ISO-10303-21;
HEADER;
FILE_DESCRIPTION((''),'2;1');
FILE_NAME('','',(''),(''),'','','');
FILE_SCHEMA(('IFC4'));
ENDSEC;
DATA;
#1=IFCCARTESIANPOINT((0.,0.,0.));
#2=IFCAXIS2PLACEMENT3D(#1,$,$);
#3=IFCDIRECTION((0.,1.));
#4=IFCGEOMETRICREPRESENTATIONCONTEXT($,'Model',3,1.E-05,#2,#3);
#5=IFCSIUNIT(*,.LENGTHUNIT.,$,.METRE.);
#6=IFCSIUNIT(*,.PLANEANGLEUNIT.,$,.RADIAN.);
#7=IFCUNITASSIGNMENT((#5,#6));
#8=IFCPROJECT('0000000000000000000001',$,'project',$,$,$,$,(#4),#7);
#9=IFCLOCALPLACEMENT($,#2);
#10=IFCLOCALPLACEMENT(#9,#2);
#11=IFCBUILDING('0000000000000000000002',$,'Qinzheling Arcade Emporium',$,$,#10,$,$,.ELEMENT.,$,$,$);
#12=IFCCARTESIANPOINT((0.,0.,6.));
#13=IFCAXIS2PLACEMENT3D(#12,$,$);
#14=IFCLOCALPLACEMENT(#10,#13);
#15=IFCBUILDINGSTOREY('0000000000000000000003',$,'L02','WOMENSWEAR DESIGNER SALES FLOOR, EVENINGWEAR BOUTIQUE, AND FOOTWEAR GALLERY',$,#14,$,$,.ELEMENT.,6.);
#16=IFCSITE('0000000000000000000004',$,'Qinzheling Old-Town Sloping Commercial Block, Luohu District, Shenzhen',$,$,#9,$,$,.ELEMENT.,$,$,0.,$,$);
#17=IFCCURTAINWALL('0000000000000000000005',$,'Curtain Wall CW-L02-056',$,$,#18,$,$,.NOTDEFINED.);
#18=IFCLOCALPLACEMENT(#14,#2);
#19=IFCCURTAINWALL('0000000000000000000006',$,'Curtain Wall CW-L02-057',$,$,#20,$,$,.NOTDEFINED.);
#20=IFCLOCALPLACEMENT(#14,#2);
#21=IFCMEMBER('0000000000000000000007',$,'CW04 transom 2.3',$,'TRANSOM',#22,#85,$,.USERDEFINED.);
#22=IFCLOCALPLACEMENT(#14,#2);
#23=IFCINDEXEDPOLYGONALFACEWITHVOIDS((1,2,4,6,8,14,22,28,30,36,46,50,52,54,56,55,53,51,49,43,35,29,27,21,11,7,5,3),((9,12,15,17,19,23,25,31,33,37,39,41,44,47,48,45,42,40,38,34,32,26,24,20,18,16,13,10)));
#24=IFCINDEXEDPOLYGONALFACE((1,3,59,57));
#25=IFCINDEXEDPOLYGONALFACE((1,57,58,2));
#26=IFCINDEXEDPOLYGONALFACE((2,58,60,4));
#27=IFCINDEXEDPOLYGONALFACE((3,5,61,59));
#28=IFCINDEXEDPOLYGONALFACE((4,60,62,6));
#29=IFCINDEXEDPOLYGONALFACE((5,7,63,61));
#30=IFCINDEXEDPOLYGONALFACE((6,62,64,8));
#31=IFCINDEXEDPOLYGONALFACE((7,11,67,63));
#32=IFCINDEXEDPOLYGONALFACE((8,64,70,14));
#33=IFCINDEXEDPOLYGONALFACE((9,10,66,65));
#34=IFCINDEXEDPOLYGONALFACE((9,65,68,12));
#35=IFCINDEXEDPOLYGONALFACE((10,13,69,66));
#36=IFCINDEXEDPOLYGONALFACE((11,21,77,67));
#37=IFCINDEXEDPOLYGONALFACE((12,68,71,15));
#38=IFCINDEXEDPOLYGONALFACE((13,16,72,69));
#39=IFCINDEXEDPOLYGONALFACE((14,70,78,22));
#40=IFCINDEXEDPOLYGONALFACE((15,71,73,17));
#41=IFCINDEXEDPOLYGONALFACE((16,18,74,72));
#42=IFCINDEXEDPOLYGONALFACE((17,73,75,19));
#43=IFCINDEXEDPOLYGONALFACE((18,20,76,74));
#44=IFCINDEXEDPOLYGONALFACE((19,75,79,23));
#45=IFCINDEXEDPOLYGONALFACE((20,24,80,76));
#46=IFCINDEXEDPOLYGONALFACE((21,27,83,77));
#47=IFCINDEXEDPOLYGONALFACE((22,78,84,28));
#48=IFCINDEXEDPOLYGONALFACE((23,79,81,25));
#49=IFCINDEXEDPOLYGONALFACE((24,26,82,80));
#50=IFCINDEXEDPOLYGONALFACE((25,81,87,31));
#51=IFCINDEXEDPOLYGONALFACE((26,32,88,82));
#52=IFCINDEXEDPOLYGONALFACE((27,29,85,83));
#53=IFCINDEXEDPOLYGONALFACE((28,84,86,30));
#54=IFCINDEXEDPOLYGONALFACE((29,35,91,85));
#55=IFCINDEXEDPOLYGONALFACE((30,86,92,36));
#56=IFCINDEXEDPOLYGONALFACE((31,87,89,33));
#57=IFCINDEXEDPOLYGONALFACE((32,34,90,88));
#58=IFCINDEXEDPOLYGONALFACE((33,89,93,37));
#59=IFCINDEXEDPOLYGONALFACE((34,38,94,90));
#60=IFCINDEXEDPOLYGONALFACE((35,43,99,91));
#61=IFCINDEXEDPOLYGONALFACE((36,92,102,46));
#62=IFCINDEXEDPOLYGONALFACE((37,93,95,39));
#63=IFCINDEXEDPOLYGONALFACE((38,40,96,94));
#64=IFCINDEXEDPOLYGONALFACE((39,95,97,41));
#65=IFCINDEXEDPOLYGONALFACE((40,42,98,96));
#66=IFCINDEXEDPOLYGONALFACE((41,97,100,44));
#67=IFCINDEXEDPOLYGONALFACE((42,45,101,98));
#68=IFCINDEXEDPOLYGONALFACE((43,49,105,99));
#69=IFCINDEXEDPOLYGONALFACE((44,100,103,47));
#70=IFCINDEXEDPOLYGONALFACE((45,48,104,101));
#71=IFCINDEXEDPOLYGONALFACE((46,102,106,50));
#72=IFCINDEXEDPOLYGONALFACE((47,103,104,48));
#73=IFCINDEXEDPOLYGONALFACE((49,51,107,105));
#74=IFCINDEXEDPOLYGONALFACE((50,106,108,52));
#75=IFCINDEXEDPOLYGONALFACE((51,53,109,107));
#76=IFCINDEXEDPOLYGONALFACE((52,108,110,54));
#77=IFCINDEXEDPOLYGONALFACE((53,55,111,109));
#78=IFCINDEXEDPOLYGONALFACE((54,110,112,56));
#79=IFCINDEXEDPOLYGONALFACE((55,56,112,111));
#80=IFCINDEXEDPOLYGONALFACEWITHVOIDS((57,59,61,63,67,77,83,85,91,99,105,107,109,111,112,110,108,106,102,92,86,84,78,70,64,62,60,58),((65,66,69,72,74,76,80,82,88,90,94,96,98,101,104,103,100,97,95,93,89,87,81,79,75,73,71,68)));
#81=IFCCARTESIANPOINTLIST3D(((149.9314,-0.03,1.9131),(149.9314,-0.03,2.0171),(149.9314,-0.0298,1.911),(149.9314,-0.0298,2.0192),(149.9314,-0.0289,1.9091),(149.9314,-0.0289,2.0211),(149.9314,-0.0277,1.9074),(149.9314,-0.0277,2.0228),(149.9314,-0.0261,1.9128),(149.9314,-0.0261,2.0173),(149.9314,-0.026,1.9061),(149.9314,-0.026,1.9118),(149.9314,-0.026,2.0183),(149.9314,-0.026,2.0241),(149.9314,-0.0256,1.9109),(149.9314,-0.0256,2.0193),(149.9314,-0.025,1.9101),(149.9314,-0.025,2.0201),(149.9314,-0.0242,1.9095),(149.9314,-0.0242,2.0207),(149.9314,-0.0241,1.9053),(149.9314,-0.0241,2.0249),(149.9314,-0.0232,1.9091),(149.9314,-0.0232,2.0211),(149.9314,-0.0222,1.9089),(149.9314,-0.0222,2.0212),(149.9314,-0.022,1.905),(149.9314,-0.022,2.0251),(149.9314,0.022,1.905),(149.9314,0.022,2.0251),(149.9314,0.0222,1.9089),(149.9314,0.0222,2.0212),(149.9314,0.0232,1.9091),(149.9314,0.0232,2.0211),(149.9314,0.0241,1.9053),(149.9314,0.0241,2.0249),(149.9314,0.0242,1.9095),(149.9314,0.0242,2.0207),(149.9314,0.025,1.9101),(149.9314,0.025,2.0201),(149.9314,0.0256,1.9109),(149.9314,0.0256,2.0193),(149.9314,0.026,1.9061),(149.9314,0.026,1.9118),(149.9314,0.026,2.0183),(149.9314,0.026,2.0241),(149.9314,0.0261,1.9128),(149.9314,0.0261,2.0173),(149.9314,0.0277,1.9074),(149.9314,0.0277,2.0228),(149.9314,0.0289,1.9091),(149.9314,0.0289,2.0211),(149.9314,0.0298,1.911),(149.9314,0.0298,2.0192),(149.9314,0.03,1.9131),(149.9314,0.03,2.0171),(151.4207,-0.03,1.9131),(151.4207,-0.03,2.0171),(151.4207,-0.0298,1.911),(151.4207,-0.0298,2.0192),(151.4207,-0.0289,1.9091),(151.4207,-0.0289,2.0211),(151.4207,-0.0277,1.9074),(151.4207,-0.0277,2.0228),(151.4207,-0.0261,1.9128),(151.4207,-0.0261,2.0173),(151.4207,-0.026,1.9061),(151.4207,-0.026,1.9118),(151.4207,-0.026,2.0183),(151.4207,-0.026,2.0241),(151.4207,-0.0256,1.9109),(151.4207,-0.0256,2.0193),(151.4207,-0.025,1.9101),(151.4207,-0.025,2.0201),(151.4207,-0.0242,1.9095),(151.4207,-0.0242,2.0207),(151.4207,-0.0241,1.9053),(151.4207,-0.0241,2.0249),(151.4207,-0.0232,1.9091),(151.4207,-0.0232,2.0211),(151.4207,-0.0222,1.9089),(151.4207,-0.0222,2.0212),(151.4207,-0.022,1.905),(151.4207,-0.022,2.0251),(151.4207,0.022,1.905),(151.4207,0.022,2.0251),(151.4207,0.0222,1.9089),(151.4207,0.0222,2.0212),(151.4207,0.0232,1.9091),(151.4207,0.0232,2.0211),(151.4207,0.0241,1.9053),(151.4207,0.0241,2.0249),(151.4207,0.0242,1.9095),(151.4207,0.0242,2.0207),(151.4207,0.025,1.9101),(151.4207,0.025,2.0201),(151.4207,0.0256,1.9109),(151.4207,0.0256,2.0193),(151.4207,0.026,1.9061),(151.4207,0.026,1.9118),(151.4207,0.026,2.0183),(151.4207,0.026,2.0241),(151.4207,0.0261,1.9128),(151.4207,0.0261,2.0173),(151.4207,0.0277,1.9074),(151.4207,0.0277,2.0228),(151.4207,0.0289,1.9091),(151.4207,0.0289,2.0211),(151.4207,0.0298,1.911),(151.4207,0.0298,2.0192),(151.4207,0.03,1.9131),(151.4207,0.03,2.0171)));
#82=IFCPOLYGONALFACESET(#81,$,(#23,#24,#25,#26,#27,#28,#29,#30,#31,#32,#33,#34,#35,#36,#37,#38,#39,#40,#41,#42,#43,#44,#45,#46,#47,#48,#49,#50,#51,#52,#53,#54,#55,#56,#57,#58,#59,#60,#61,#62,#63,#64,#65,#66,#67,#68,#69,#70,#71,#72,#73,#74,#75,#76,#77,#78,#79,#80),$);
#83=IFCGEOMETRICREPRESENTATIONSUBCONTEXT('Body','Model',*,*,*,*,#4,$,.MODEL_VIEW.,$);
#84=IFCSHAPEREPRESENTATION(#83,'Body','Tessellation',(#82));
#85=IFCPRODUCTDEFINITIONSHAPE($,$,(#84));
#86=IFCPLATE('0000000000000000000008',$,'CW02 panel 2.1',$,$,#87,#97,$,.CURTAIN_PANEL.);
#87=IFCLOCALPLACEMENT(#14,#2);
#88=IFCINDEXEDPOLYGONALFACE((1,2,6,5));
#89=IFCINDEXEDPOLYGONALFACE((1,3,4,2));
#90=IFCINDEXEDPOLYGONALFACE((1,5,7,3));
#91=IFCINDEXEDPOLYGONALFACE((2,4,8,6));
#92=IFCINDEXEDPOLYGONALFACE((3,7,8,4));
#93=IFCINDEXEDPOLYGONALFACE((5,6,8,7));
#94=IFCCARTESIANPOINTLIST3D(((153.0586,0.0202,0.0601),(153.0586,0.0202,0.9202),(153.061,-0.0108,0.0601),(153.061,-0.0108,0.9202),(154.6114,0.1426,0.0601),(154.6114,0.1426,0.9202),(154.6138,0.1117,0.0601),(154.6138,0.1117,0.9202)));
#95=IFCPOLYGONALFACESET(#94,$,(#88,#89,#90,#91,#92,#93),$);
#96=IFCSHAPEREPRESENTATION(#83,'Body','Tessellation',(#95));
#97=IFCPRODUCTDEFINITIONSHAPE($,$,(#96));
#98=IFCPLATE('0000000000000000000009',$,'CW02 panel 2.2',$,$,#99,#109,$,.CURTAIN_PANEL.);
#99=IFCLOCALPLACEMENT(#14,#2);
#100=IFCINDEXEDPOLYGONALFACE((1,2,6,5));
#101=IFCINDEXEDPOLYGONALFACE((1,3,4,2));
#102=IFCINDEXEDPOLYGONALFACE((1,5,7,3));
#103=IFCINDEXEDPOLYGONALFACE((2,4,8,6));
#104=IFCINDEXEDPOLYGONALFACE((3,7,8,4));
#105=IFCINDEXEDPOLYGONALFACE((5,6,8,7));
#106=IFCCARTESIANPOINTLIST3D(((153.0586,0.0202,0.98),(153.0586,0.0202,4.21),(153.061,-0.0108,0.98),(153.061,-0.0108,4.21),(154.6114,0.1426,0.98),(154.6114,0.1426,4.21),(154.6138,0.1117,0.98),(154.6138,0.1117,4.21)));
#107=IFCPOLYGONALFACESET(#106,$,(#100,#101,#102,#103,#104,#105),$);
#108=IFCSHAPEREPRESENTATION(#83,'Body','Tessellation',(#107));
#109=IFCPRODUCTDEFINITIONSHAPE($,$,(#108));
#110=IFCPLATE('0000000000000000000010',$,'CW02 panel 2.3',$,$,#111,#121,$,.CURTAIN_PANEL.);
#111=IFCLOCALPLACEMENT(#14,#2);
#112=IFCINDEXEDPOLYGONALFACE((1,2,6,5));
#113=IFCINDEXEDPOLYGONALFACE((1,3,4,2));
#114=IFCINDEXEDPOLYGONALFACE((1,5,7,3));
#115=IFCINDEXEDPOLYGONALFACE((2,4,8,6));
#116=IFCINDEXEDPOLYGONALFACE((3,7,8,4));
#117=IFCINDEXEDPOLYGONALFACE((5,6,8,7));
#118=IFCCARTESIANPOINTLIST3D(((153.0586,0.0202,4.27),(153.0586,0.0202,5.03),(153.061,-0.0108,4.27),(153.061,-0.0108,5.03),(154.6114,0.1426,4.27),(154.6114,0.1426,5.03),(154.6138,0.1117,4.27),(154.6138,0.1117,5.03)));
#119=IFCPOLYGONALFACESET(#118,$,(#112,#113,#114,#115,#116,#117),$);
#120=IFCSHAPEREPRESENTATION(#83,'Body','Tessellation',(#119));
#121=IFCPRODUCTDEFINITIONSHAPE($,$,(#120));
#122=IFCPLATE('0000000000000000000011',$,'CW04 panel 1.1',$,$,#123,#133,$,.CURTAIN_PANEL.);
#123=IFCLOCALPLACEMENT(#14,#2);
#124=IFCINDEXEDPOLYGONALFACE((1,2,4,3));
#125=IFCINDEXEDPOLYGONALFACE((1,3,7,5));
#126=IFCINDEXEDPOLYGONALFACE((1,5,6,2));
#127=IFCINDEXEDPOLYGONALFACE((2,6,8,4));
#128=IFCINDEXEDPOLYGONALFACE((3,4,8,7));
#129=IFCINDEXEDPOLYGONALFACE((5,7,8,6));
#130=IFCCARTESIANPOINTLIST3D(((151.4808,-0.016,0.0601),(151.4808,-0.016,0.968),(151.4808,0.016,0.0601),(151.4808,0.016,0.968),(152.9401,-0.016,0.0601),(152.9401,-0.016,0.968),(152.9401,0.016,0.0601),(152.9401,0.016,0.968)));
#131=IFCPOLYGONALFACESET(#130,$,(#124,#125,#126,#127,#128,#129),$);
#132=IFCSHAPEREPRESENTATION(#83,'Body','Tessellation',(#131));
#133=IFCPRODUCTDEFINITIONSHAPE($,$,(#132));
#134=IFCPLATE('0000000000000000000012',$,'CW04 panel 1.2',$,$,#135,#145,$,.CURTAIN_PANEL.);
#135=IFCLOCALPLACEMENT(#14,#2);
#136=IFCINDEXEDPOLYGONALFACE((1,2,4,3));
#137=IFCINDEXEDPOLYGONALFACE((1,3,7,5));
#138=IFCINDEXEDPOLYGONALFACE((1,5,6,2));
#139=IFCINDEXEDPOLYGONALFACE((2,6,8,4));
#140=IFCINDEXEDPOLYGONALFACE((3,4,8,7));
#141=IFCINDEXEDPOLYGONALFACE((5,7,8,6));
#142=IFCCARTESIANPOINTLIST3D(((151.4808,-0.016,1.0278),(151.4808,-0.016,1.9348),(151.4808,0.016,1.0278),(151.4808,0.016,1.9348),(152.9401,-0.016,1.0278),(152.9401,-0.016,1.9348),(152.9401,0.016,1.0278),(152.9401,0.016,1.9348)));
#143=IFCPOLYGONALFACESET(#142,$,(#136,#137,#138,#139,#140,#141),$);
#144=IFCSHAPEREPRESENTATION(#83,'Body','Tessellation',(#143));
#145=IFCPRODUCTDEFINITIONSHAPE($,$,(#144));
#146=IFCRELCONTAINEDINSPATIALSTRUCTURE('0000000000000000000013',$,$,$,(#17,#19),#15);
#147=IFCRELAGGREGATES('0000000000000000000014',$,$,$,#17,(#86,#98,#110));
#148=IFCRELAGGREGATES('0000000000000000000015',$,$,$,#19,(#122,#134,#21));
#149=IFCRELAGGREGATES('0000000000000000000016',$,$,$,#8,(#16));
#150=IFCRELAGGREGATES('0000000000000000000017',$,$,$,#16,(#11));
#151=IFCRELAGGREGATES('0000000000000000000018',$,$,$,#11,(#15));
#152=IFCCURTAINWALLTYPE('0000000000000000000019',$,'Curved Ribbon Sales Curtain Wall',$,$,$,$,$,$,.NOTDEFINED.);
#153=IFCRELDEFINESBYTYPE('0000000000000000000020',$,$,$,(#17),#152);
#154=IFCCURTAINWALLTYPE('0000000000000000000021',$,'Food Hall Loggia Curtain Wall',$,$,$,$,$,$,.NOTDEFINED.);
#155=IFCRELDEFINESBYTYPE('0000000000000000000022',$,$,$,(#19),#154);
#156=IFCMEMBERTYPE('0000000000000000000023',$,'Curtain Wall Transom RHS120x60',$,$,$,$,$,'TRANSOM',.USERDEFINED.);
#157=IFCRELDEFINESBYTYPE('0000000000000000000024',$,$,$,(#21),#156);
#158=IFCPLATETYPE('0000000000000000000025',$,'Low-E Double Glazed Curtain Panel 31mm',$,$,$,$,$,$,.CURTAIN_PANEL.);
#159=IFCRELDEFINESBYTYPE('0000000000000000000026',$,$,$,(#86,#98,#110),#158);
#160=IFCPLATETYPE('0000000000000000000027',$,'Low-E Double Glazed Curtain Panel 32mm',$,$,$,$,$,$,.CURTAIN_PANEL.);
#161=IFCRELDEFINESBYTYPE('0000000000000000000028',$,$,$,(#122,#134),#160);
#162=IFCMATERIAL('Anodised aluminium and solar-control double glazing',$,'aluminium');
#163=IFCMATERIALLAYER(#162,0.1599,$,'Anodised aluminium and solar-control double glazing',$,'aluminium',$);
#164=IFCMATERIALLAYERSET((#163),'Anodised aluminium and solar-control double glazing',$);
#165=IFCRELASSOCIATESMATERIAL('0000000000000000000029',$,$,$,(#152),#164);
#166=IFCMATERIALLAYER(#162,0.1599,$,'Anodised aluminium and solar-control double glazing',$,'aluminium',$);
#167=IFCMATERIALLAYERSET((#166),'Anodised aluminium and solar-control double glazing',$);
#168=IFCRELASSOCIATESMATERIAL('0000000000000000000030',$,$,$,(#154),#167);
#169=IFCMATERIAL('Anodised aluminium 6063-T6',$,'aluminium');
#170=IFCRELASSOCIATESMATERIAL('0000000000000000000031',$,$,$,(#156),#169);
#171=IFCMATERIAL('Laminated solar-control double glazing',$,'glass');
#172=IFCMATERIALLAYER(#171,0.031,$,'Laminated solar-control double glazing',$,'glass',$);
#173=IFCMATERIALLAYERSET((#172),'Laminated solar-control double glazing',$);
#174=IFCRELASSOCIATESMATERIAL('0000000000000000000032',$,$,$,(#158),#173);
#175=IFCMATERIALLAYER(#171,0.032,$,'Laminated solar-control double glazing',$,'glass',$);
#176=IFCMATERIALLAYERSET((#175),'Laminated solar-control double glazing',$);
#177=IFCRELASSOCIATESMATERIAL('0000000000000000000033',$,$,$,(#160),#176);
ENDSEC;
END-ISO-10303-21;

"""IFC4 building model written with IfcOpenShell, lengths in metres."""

from ifc_helpers import new_model, si_unit, direction, frame, origin, origin_2d, place, context, subcontext, project, spatial, rectangle, hollow_rectangle, extrude, material, layer, layer_set, material_profile, profile_set, type_object, element, aggregate, save


model = new_model("IFC4")

# Units and contexts
model_context = context("Model", 3, precision=1e-05, world=origin(), true_north=direction((0.0, 1.0)))
body_context = subcontext(model_context, "Body", "Model", "MODEL_VIEW")
ifc_project = project(units=[si_unit("LENGTHUNIT", "METRE"), si_unit("PLANEANGLEUNIT", "RADIAN")], contexts=[model_context])

# Site, building, storey
site_placement = place(None, origin())
site = spatial("IfcSite", under=ifc_project, at=site_placement, Name="Qinzheling Old-Town Sloping Commercial Block, Luohu District, Shenzhen", CompositionType="ELEMENT", RefElevation=0.0)
building_placement = place(site_placement, origin())
building = spatial("IfcBuilding", under=site, at=building_placement, Name="Qinzheling Arcade Emporium", CompositionType="ELEMENT")
storey_placement = place(building_placement, frame((0.0, 0.0, 6.0)))
storey = spatial("IfcBuildingStorey", under=building, at=storey_placement, Name="L02", Description="WOMENSWEAR DESIGNER SALES FLOOR, EVENINGWEAR BOUTIQUE, AND FOOTWEAR GALLERY", CompositionType="ELEMENT", Elevation=6.0)

# Curtain wall
ifc_material_1 = material(Name="Anodised aluminium and solar-control double glazing", Category="aluminium")
ifc_layer_1 = layer(ifc_material_1, 0.1599, Name="Anodised aluminium and solar-control double glazing", Category="aluminium")
ifc_layer_set_1 = layer_set([ifc_layer_1], Name="Anodised aluminium and solar-control double glazing")
curtain_wall_type_1 = type_object("IfcCurtainWallType", Name="Curved Ribbon Sales Curtain Wall", PredefinedType="NOTDEFINED", material=ifc_layer_set_1)
curtain_wall_1_placement = place(storey_placement, origin())
curtain_wall_1 = element("IfcCurtainWall", 1, at=curtain_wall_1_placement, inside=storey, type_object=curtain_wall_type_1, Name="Curtain Wall CW-L02-056", PredefinedType="NOTDEFINED")
ifc_material_2 = material(Name="Anodised aluminium 6063-T6", Category="aluminium")

# Curtain wall
ifc_layer_2 = layer(ifc_material_1, 0.1599, Name="Anodised aluminium and solar-control double glazing", Category="aluminium")
ifc_layer_set_2 = layer_set([ifc_layer_2], Name="Anodised aluminium and solar-control double glazing")
curtain_wall_type_2 = type_object("IfcCurtainWallType", Name="Food Hall Loggia Curtain Wall", PredefinedType="NOTDEFINED", material=ifc_layer_set_2)
curtain_wall_2_placement = place(storey_placement, origin())
curtain_wall_2 = element("IfcCurtainWall", 2, at=curtain_wall_2_placement, inside=storey, type_object=curtain_wall_type_2, Name="Curtain Wall CW-L02-057", PredefinedType="NOTDEFINED")

# Member
ifc_material_profile_1 = material_profile(ifc_material_2, hollow_rectangle(XDim=0.0601, YDim=0.1201, WallThickness=0.0039, InnerFilletRadius=0.0039, OuterFilletRadius=0.0081, at=origin_2d()), Name="RHS 120x60x4", Category="aluminium")
ifc_profile_set_1 = profile_set([ifc_material_profile_1], Name="Anodised aluminium 6063-T6")
member_type_1 = type_object("IfcMemberType", Name="Curtain Wall Transom RHS120x60", ElementType="TRANSOM", PredefinedType="USERDEFINED", material=ifc_profile_set_1)
member_1_placement = place(storey_placement, frame((151.4207, 0.0, 1.9651), z_axis=(-1.0, 0.0, 0.0), x_axis=(0.0, -1.0, 0.0)))
member_1 = element("IfcMember", 3, at=member_1_placement, type_object=member_type_1, Name="CW04 transom 2.3", ObjectType="TRANSOM", PredefinedType="USERDEFINED", context=body_context, shape_type="SweptSolid", body=[
    extrude(hollow_rectangle(XDim=0.0601, YDim=0.1201, WallThickness=0.0039, InnerFilletRadius=0.0039, OuterFilletRadius=0.0081, at=origin_2d()), origin(), (0.0, 0.0, 1.0), 1.4893),
])

# Plates
ifc_material_3 = material(Name="Laminated solar-control double glazing", Category="glass")
ifc_layer_3 = layer(ifc_material_3, 0.031, Name="Laminated solar-control double glazing", Category="glass")
ifc_layer_set_3 = layer_set([ifc_layer_3], Name="Laminated solar-control double glazing")
plate_type_1 = type_object("IfcPlateType", Name="Low-E Double Glazed Curtain Panel 31mm", PredefinedType="CURTAIN_PANEL", material=ifc_layer_set_3)
plate_1_placement = place(storey_placement, frame((153.8362, 0.0659, 0.0601), z_axis=(0.0, 0.0, 1.0), x_axis=(-0.996906, -0.078599, 0.0)))
plate_1 = element("IfcPlate", 4, at=plate_1_placement, type_object=plate_type_1, Name="CW02 panel 2.1", PredefinedType="CURTAIN_PANEL", context=body_context, shape_type="SweptSolid", body=[
    extrude(rectangle(XDim=1.5576, YDim=0.031, at=origin_2d()), origin(), (0.0, 0.0, 1.0), 0.8601),
])
plate_2_placement = place(storey_placement, frame((153.8362, 0.0659, 0.98), z_axis=(0.0, 0.0, 1.0), x_axis=(-0.996906, -0.078599, 0.0)))
plate_2 = element("IfcPlate", 5, at=plate_2_placement, type_object=plate_type_1, Name="CW02 panel 2.2", PredefinedType="CURTAIN_PANEL", context=body_context, shape_type="SweptSolid", body=[
    extrude(rectangle(XDim=1.5576, YDim=0.031, at=origin_2d()), origin(), (0.0, 0.0, 1.0), 3.23),
])
plate_3_placement = place(storey_placement, frame((153.8362, 0.0659, 4.27), z_axis=(0.0, 0.0, 1.0), x_axis=(-0.996906, -0.078599, 0.0)))
plate_3 = element("IfcPlate", 6, at=plate_3_placement, type_object=plate_type_1, Name="CW02 panel 2.3", PredefinedType="CURTAIN_PANEL", context=body_context, shape_type="SweptSolid", body=[
    extrude(rectangle(XDim=1.5576, YDim=0.031, at=origin_2d()), origin(), (0.0, 0.0, 1.0), 0.76),
])
aggregate(curtain_wall_1, [plate_1, plate_2, plate_3])
ifc_layer_4 = layer(ifc_material_3, 0.032, Name="Laminated solar-control double glazing", Category="glass")
ifc_layer_set_4 = layer_set([ifc_layer_4], Name="Laminated solar-control double glazing")
plate_type_2 = type_object("IfcPlateType", Name="Low-E Double Glazed Curtain Panel 32mm", PredefinedType="CURTAIN_PANEL", material=ifc_layer_set_4)
plate_4_placement = place(storey_placement, frame((152.2104, 0.0, 0.0601), z_axis=(0.0, 0.0, 1.0), x_axis=(-1.0, 0.0, 0.0)))
plate_4 = element("IfcPlate", 7, at=plate_4_placement, type_object=plate_type_2, Name="CW04 panel 1.1", PredefinedType="CURTAIN_PANEL", context=body_context, shape_type="SweptSolid", body=[
    extrude(rectangle(XDim=1.4592, YDim=0.032, at=origin_2d()), origin(), (0.0, 0.0, 1.0), 0.908),
])
plate_5_placement = place(storey_placement, frame((152.2104, 0.0, 1.0278), z_axis=(0.0, 0.0, 1.0), x_axis=(-1.0, 0.0, 0.0)))
plate_5 = element("IfcPlate", 8, at=plate_5_placement, type_object=plate_type_2, Name="CW04 panel 1.2", PredefinedType="CURTAIN_PANEL", context=body_context, shape_type="SweptSolid", body=[
    extrude(rectangle(XDim=1.4592, YDim=0.032, at=origin_2d()), origin(), (0.0, 0.0, 1.0), 0.907),
])
aggregate(curtain_wall_2, [plate_4, plate_5, member_1])

save(model, "model.ifc")
